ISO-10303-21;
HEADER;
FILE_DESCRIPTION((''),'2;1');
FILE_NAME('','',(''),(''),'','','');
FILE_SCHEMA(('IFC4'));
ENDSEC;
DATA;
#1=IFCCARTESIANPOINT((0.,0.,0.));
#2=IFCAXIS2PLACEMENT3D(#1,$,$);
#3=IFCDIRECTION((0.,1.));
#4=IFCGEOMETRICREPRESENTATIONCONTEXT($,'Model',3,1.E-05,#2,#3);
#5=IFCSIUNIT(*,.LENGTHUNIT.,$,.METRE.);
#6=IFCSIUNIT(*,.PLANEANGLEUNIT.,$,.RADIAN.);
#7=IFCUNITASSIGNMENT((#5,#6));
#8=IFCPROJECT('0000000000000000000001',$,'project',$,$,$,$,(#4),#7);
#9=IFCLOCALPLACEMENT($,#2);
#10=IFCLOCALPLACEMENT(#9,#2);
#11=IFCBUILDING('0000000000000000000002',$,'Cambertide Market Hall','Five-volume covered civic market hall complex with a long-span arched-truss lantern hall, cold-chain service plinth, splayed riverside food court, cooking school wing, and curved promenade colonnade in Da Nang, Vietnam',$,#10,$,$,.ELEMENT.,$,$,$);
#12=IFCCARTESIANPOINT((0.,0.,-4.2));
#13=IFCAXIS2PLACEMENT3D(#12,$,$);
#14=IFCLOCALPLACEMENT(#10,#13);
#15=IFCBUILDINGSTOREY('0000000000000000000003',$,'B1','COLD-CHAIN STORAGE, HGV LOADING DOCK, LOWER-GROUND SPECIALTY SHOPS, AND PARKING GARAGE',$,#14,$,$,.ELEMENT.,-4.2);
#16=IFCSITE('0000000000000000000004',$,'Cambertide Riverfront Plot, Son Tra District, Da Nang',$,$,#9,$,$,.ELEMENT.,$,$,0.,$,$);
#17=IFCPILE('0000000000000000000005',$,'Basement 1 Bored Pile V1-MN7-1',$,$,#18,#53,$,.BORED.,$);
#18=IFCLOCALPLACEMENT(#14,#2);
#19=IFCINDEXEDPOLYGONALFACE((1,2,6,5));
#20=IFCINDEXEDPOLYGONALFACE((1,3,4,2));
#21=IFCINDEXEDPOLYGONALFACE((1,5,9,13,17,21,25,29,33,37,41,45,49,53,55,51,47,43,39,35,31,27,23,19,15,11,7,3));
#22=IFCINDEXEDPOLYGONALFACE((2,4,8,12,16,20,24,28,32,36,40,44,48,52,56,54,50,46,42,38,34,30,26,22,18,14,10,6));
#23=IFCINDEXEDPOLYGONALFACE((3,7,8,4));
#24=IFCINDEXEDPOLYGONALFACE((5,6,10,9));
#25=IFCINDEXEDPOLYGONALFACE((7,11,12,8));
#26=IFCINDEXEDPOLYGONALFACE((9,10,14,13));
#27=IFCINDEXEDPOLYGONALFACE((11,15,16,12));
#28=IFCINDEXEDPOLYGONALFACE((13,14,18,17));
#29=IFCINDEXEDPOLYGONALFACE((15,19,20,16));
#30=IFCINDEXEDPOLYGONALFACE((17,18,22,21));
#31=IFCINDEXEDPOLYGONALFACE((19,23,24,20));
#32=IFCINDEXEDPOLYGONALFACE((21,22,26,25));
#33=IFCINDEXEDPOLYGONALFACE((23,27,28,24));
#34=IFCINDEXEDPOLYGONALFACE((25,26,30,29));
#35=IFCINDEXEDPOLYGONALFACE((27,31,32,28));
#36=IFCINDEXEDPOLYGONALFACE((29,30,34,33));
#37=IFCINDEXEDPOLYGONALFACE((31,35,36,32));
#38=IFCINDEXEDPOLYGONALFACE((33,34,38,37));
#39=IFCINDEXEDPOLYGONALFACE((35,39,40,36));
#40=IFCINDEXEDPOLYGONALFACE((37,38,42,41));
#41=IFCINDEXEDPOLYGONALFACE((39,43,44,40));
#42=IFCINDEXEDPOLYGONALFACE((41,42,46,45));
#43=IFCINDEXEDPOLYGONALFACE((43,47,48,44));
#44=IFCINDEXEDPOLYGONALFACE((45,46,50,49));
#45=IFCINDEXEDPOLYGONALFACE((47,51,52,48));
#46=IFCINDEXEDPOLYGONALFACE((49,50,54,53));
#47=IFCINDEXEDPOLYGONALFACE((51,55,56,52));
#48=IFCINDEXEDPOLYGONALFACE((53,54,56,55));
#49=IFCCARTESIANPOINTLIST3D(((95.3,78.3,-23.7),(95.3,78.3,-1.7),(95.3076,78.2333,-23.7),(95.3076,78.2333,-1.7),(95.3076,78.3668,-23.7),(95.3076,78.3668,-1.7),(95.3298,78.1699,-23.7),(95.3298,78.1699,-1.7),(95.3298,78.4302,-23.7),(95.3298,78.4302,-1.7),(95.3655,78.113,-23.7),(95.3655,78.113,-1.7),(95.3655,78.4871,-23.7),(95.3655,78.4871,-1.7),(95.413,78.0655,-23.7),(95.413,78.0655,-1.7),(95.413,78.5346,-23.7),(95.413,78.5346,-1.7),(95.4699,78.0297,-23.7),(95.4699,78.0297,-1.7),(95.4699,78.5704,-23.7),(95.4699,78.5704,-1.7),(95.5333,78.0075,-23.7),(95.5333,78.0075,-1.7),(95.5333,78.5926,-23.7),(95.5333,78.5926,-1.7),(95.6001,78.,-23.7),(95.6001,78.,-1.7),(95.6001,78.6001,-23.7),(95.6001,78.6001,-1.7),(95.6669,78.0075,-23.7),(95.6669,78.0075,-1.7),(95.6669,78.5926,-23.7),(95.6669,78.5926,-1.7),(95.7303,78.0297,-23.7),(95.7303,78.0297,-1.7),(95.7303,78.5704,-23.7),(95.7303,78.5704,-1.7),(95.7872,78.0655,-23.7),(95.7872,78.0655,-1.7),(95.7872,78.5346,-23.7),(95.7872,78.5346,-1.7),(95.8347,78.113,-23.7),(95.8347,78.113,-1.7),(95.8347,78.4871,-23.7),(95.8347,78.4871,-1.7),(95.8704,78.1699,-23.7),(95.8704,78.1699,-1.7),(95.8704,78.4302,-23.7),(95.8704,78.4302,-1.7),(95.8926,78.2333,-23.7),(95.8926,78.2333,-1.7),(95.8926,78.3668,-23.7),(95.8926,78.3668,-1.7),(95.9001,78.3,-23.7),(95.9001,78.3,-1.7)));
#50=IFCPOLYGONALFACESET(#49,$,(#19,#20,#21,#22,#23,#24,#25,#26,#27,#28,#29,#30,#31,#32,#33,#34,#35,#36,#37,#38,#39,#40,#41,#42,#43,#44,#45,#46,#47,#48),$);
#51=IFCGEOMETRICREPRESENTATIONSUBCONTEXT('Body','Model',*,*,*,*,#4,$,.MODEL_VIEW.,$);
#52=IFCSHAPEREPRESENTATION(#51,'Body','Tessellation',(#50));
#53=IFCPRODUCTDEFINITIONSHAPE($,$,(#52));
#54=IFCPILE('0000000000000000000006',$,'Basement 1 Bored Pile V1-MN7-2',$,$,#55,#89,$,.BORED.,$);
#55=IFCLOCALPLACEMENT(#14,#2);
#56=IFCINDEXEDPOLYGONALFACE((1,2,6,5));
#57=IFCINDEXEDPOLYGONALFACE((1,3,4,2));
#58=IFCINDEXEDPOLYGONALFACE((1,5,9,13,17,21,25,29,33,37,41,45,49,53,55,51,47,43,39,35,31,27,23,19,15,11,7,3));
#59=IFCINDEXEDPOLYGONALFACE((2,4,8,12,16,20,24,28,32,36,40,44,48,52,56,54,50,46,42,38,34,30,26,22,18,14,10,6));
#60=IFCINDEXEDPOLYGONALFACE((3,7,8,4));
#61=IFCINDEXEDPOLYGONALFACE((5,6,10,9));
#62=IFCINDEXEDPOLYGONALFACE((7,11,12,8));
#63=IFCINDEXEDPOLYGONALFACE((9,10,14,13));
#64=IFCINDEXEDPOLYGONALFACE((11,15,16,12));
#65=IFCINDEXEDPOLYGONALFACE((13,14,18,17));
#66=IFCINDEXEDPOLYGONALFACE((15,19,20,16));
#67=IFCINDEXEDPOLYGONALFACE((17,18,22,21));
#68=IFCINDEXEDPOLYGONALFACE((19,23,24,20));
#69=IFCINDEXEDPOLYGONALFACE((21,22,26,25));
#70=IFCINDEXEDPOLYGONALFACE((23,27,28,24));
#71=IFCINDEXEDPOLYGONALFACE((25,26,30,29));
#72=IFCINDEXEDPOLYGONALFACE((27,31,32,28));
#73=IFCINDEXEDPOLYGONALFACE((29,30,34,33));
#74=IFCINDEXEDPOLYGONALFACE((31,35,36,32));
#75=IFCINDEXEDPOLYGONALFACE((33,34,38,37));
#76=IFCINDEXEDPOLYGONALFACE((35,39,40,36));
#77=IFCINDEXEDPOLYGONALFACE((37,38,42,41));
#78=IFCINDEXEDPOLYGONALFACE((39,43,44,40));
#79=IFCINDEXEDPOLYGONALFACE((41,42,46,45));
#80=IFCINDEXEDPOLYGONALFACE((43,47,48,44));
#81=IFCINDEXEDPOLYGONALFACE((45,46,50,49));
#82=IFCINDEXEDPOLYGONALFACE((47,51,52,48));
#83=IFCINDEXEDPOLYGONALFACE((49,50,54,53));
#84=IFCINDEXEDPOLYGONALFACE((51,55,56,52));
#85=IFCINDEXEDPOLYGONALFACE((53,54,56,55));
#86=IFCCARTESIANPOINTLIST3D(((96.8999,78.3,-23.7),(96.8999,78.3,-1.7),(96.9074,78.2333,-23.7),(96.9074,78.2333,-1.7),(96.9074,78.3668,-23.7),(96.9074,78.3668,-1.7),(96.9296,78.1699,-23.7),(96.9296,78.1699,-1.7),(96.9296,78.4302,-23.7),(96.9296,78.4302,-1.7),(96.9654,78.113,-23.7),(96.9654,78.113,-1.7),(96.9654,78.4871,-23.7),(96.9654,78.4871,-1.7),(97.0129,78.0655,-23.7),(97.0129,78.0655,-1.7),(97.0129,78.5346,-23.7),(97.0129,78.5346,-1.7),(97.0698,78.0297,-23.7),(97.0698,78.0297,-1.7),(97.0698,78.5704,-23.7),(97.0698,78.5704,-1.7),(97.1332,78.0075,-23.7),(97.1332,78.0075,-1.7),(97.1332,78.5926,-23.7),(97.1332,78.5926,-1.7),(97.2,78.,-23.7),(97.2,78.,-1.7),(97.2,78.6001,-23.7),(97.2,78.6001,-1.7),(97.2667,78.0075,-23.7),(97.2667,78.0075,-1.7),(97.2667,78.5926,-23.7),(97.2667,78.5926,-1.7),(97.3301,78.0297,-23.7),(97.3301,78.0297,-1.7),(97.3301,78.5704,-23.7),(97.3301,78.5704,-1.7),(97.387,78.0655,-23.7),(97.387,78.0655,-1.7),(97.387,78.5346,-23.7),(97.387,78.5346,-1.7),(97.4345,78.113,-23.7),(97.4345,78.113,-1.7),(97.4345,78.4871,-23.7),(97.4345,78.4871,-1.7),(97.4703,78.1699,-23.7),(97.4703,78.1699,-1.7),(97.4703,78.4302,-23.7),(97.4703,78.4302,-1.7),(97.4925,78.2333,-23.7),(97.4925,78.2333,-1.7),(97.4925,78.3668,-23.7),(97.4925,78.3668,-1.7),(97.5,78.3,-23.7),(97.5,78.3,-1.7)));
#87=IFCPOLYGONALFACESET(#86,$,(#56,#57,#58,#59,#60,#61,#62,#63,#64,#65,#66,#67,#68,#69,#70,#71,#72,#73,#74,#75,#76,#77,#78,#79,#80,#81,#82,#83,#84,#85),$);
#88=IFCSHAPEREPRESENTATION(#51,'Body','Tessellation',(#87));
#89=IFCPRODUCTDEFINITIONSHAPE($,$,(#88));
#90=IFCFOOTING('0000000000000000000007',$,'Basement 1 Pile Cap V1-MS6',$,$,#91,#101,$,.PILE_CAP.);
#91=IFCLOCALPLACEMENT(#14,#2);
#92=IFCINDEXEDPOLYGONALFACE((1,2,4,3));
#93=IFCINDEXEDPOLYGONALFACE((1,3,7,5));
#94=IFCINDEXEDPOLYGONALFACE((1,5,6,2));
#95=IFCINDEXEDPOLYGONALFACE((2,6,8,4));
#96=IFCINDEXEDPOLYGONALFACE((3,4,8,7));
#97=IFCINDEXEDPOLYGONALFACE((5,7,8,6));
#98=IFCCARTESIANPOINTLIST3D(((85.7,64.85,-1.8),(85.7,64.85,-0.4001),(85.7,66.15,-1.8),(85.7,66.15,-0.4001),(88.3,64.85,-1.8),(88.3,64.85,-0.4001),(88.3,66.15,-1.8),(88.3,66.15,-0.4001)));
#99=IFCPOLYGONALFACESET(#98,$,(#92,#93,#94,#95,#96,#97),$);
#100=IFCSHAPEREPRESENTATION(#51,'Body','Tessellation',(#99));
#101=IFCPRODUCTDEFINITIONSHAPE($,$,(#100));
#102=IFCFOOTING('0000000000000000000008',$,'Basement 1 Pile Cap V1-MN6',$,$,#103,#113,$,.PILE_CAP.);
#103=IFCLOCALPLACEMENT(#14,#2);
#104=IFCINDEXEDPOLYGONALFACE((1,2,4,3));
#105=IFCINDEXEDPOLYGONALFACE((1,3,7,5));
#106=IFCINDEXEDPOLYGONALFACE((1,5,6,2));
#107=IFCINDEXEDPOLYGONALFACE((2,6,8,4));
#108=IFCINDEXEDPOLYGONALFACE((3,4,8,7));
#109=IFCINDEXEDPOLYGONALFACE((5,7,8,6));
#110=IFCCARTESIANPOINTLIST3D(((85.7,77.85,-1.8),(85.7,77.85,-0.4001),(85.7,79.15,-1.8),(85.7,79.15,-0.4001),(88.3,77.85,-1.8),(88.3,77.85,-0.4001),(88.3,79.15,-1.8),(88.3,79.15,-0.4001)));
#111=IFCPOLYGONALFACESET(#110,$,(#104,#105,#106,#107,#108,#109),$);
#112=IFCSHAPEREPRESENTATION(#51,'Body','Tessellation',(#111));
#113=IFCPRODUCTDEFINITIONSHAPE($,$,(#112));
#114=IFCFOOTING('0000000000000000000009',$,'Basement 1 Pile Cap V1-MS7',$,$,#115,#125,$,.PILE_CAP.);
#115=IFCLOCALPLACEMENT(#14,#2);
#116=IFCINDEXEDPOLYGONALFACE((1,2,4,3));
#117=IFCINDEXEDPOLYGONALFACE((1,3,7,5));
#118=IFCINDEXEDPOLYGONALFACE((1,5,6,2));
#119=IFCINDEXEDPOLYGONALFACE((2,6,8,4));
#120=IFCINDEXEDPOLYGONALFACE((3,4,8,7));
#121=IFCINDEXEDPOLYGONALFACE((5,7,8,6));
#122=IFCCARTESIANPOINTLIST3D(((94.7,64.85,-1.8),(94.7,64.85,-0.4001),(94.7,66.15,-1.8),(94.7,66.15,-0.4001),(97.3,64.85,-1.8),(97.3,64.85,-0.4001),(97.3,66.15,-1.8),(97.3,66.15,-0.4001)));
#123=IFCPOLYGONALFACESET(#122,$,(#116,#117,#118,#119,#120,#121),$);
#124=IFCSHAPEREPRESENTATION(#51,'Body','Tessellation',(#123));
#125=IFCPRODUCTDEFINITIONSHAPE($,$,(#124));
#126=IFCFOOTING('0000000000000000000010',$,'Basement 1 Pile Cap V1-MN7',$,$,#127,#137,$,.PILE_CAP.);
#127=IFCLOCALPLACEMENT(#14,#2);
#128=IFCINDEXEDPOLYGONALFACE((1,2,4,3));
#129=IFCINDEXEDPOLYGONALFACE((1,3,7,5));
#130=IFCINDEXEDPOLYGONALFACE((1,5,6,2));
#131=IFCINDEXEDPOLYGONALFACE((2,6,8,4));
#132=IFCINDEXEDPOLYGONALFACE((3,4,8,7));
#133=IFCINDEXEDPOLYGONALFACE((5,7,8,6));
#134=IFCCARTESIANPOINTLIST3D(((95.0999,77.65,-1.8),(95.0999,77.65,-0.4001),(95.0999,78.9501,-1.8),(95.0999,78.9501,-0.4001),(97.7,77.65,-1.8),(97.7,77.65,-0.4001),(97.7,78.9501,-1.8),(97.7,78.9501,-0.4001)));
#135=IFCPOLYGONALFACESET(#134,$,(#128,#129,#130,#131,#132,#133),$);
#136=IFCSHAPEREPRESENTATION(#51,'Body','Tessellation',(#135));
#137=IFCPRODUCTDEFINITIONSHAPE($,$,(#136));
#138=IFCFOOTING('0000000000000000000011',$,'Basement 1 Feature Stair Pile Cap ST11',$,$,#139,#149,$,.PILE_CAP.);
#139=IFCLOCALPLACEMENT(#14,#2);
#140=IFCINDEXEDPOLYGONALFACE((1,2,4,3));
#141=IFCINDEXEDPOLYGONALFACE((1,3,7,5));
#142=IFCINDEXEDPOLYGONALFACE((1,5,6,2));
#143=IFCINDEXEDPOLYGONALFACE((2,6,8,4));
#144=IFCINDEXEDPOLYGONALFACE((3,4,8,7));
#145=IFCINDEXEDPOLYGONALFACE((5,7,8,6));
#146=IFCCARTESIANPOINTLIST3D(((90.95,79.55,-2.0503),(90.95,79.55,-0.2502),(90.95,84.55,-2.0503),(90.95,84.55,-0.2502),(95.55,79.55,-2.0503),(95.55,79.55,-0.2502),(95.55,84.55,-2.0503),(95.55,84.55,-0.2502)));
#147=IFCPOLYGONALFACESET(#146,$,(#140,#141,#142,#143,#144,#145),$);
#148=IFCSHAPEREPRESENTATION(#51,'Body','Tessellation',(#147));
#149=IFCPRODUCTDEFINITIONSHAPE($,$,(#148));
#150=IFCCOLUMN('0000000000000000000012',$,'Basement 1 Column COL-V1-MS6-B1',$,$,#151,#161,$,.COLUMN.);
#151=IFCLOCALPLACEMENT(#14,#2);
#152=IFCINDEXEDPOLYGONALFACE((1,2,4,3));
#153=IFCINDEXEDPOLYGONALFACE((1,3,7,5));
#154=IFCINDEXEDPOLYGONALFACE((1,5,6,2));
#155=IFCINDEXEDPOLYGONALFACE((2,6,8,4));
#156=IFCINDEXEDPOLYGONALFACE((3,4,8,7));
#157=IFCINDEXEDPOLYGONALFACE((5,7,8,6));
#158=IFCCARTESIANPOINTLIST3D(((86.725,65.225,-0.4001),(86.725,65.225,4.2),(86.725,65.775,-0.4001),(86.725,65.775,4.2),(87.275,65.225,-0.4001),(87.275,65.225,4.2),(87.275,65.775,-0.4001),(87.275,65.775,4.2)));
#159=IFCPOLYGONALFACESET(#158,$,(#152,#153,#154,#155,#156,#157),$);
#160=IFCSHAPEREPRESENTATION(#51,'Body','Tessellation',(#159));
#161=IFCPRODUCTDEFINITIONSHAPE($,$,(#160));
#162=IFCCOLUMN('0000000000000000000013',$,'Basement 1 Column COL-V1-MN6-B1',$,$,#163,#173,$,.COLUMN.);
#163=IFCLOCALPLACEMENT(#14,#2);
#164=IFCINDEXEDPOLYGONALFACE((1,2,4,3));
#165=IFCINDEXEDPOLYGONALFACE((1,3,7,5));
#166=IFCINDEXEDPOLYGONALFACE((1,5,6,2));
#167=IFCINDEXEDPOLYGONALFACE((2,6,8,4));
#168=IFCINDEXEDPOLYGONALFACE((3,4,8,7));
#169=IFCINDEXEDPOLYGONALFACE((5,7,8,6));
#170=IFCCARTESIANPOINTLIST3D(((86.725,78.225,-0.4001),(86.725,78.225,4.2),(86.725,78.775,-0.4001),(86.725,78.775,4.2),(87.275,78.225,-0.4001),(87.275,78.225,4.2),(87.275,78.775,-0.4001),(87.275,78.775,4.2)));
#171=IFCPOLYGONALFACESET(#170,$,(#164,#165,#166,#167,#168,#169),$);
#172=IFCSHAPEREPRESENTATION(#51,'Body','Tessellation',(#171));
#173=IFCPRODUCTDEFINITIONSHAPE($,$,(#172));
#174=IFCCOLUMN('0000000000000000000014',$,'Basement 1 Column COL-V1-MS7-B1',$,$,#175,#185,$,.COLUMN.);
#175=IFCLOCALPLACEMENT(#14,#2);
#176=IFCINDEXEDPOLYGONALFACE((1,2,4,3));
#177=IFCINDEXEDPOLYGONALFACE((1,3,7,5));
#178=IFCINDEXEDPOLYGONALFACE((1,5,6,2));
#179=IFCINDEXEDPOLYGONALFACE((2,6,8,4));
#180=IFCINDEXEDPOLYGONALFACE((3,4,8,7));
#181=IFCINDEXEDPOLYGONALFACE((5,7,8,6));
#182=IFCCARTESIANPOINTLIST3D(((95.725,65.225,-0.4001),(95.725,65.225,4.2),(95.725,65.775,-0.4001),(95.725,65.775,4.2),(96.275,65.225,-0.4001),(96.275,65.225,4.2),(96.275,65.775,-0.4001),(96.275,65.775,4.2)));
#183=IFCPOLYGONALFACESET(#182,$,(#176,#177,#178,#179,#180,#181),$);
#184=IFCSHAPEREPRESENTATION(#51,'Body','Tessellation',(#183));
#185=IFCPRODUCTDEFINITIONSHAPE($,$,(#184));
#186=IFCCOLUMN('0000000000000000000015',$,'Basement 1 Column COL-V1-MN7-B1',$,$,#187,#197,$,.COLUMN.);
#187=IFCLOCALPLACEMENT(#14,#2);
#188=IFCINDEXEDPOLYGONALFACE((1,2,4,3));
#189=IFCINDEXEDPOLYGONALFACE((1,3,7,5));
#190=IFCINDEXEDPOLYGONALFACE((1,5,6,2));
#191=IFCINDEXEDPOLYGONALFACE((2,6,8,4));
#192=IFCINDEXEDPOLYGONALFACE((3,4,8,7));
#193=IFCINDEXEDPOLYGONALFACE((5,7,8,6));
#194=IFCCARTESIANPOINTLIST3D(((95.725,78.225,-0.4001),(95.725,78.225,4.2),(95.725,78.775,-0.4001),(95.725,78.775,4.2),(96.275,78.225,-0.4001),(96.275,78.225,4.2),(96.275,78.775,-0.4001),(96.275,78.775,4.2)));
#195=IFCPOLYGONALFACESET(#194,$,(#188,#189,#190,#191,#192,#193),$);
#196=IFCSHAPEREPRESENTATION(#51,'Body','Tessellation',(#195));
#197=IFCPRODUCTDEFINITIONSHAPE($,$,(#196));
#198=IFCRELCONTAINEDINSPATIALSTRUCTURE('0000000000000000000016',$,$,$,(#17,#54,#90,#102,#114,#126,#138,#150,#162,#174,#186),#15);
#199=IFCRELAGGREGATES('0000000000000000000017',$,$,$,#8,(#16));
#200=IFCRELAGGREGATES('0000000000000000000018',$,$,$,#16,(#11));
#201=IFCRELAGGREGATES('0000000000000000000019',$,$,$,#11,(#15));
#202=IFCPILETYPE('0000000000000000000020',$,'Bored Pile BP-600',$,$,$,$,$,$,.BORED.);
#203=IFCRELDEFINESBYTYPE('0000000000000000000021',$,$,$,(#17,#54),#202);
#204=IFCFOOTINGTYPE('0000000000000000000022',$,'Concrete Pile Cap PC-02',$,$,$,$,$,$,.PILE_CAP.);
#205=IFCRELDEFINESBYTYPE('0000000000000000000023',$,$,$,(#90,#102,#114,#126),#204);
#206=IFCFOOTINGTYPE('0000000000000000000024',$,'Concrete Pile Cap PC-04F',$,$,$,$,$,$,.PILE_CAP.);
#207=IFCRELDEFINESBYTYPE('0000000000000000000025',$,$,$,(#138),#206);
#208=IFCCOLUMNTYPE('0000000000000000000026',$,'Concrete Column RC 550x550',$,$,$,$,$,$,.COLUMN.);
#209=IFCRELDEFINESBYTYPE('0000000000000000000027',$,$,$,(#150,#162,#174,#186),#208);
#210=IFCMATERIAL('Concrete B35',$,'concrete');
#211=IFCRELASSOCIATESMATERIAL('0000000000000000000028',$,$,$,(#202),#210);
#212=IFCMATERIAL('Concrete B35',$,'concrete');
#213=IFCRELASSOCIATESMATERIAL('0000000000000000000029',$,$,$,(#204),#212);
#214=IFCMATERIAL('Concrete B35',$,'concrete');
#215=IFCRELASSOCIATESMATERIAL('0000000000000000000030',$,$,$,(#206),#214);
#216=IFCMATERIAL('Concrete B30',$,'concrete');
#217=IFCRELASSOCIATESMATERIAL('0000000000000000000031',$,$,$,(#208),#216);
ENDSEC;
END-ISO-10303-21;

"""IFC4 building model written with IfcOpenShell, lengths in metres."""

from ifc_helpers import new_model, si_unit, direction, frame, origin, origin_2d, place, context, subcontext, project, spatial, rectangle, circle, extrude, material, material_profile, profile_set, type_object, element, save


model = new_model("IFC4")

# Units and contexts
model_context = context("Model", 3, precision=1e-05, world=origin(), true_north=direction((0.0, 1.0)))
body_context = subcontext(model_context, "Body", "Model", "MODEL_VIEW")
ifc_project = project(units=[si_unit("LENGTHUNIT", "METRE"), si_unit("PLANEANGLEUNIT", "RADIAN")], contexts=[model_context])

# Site, building, storey
site_placement = place(None, origin())
site = spatial("IfcSite", under=ifc_project, at=site_placement, Name="Cambertide Riverfront Plot, Son Tra District, Da Nang", CompositionType="ELEMENT", RefElevation=0.0)
building_placement = place(site_placement, origin())
building = spatial("IfcBuilding", under=site, at=building_placement, Name="Cambertide Market Hall", Description="Five-volume covered civic market hall complex with a long-span arched-truss lantern hall, cold-chain service plinth, splayed riverside food court, cooking school wing, and curved promenade colonnade in Da Nang, Vietnam", CompositionType="ELEMENT")
storey_placement = place(building_placement, frame((0.0, 0.0, -4.2)))
storey = spatial("IfcBuildingStorey", under=building, at=storey_placement, Name="B1", Description="COLD-CHAIN STORAGE, HGV LOADING DOCK, LOWER-GROUND SPECIALTY SHOPS, AND PARKING GARAGE", CompositionType="ELEMENT", Elevation=-4.2)

# Piles
ifc_material_1 = material(Name="Concrete B35", Category="concrete")
ifc_material_profile_1 = material_profile(ifc_material_1, circle(Radius=0.3, at=origin_2d()), Name="BP D600")
ifc_profile_set_1 = profile_set([ifc_material_profile_1], Name="Concrete B35")
pile_type_1 = type_object("IfcPileType", Name="Bored Pile BP-600", PredefinedType="BORED", material=ifc_profile_set_1)
for number, where, z_axis, x_axis, name in (
    (1, (95.6001, 78.3, -1.7), (0.0, 0.0, -1.0), (1.0, 0.0, 0.0), "Basement 1 Bored Pile V1-MN7-1"),
    (2, (97.2, 78.3, -1.7), (0.0, 0.0, -1.0), (1.0, 0.0, 0.0), "Basement 1 Bored Pile V1-MN7-2"),
):
    element("IfcPile", number, at=place(storey_placement, frame(where, z_axis=z_axis, x_axis=x_axis)), inside=storey, type_object=pile_type_1, Name=name, PredefinedType="BORED", context=body_context, shape_type="SweptSolid", body=[
        extrude(circle(Radius=0.3, at=origin_2d()), origin(), (0.0, 0.0, 1.0), 22.0),
    ])

# Footings
ifc_material_2 = material(Name="Concrete B35", Category="concrete")
footing_type_1 = type_object("IfcFootingType", Name="Concrete Pile Cap PC-02", PredefinedType="PILE_CAP", material=ifc_material_2)
for number, where, z_axis, x_axis, name in (
    (3, (87.0, 65.5, -1.8), (0.0, 0.0, 1.0), (1.0, 0.0, 0.0), "Basement 1 Pile Cap V1-MS6"),
    (4, (87.0, 78.5, -1.8), (0.0, 0.0, 1.0), (1.0, 0.0, 0.0), "Basement 1 Pile Cap V1-MN6"),
    (5, (96.0, 65.5, -1.8), (0.0, 0.0, 1.0), (1.0, 0.0, 0.0), "Basement 1 Pile Cap V1-MS7"),
    (6, (96.3999, 78.3, -1.8), (0.0, 0.0, 1.0), (1.0, 0.0, 0.0), "Basement 1 Pile Cap V1-MN7"),
):
    element("IfcFooting", number, at=place(storey_placement, frame(where, z_axis=z_axis, x_axis=x_axis)), inside=storey, type_object=footing_type_1, Name=name, PredefinedType="PILE_CAP", context=body_context, shape_type="SweptSolid", body=[
        extrude(rectangle(XDim=2.6001, YDim=1.3, at=origin_2d()), origin(), (0.0, 0.0, 1.0), 1.3999),
    ])
ifc_material_3 = material(Name="Concrete B35", Category="concrete")
footing_type_2 = type_object("IfcFootingType", Name="Concrete Pile Cap PC-04F", PredefinedType="PILE_CAP", material=ifc_material_3)
footing_placement = place(storey_placement, frame((93.25, 82.05, -2.0503), z_axis=(0.0, 0.0, 1.0), x_axis=(1.0, 0.0, 0.0)))
element("IfcFooting", 7, at=footing_placement, inside=storey, type_object=footing_type_2, Name="Basement 1 Feature Stair Pile Cap ST11", PredefinedType="PILE_CAP", context=body_context, shape_type="SweptSolid", body=[
    extrude(rectangle(XDim=4.6001, YDim=5.0, at=origin_2d()), origin(), (0.0, 0.0, 1.0), 1.8),
])

# Columns
ifc_material_4 = material(Name="Concrete B30", Category="concrete")
ifc_material_profile_2 = material_profile(ifc_material_4, rectangle(XDim=0.55, YDim=0.55, at=origin_2d()), Name="RC 550x550")
ifc_profile_set_2 = profile_set([ifc_material_profile_2], Name="Concrete B30")
column_type_1 = type_object("IfcColumnType", Name="Concrete Column RC 550x550", PredefinedType="COLUMN", material=ifc_profile_set_2)
for number, where, z_axis, x_axis, name in (
    (8, (87.0, 65.5, -0.4001), (0.0, 0.0, 1.0), (1.0, 0.0, 0.0), "Basement 1 Column COL-V1-MS6-B1"),
    (9, (87.0, 78.5, -0.4001), (0.0, 0.0, 1.0), (1.0, 0.0, 0.0), "Basement 1 Column COL-V1-MN6-B1"),
    (10, (96.0, 65.5, -0.4001), (0.0, 0.0, 1.0), (1.0, 0.0, 0.0), "Basement 1 Column COL-V1-MS7-B1"),
    (11, (96.0, 78.5, -0.4001), (0.0, 0.0, 1.0), (1.0, 0.0, 0.0), "Basement 1 Column COL-V1-MN7-B1"),
):
    element("IfcColumn", number, at=place(storey_placement, frame(where, z_axis=z_axis, x_axis=x_axis)), inside=storey, type_object=column_type_1, Name=name, PredefinedType="COLUMN", context=body_context, shape_type="SweptSolid", body=[
        extrude(rectangle(XDim=0.55, YDim=0.55, at=origin_2d()), origin(), (0.0, 0.0, 1.0), 4.6001),
    ])

save(model, "model.ifc")
